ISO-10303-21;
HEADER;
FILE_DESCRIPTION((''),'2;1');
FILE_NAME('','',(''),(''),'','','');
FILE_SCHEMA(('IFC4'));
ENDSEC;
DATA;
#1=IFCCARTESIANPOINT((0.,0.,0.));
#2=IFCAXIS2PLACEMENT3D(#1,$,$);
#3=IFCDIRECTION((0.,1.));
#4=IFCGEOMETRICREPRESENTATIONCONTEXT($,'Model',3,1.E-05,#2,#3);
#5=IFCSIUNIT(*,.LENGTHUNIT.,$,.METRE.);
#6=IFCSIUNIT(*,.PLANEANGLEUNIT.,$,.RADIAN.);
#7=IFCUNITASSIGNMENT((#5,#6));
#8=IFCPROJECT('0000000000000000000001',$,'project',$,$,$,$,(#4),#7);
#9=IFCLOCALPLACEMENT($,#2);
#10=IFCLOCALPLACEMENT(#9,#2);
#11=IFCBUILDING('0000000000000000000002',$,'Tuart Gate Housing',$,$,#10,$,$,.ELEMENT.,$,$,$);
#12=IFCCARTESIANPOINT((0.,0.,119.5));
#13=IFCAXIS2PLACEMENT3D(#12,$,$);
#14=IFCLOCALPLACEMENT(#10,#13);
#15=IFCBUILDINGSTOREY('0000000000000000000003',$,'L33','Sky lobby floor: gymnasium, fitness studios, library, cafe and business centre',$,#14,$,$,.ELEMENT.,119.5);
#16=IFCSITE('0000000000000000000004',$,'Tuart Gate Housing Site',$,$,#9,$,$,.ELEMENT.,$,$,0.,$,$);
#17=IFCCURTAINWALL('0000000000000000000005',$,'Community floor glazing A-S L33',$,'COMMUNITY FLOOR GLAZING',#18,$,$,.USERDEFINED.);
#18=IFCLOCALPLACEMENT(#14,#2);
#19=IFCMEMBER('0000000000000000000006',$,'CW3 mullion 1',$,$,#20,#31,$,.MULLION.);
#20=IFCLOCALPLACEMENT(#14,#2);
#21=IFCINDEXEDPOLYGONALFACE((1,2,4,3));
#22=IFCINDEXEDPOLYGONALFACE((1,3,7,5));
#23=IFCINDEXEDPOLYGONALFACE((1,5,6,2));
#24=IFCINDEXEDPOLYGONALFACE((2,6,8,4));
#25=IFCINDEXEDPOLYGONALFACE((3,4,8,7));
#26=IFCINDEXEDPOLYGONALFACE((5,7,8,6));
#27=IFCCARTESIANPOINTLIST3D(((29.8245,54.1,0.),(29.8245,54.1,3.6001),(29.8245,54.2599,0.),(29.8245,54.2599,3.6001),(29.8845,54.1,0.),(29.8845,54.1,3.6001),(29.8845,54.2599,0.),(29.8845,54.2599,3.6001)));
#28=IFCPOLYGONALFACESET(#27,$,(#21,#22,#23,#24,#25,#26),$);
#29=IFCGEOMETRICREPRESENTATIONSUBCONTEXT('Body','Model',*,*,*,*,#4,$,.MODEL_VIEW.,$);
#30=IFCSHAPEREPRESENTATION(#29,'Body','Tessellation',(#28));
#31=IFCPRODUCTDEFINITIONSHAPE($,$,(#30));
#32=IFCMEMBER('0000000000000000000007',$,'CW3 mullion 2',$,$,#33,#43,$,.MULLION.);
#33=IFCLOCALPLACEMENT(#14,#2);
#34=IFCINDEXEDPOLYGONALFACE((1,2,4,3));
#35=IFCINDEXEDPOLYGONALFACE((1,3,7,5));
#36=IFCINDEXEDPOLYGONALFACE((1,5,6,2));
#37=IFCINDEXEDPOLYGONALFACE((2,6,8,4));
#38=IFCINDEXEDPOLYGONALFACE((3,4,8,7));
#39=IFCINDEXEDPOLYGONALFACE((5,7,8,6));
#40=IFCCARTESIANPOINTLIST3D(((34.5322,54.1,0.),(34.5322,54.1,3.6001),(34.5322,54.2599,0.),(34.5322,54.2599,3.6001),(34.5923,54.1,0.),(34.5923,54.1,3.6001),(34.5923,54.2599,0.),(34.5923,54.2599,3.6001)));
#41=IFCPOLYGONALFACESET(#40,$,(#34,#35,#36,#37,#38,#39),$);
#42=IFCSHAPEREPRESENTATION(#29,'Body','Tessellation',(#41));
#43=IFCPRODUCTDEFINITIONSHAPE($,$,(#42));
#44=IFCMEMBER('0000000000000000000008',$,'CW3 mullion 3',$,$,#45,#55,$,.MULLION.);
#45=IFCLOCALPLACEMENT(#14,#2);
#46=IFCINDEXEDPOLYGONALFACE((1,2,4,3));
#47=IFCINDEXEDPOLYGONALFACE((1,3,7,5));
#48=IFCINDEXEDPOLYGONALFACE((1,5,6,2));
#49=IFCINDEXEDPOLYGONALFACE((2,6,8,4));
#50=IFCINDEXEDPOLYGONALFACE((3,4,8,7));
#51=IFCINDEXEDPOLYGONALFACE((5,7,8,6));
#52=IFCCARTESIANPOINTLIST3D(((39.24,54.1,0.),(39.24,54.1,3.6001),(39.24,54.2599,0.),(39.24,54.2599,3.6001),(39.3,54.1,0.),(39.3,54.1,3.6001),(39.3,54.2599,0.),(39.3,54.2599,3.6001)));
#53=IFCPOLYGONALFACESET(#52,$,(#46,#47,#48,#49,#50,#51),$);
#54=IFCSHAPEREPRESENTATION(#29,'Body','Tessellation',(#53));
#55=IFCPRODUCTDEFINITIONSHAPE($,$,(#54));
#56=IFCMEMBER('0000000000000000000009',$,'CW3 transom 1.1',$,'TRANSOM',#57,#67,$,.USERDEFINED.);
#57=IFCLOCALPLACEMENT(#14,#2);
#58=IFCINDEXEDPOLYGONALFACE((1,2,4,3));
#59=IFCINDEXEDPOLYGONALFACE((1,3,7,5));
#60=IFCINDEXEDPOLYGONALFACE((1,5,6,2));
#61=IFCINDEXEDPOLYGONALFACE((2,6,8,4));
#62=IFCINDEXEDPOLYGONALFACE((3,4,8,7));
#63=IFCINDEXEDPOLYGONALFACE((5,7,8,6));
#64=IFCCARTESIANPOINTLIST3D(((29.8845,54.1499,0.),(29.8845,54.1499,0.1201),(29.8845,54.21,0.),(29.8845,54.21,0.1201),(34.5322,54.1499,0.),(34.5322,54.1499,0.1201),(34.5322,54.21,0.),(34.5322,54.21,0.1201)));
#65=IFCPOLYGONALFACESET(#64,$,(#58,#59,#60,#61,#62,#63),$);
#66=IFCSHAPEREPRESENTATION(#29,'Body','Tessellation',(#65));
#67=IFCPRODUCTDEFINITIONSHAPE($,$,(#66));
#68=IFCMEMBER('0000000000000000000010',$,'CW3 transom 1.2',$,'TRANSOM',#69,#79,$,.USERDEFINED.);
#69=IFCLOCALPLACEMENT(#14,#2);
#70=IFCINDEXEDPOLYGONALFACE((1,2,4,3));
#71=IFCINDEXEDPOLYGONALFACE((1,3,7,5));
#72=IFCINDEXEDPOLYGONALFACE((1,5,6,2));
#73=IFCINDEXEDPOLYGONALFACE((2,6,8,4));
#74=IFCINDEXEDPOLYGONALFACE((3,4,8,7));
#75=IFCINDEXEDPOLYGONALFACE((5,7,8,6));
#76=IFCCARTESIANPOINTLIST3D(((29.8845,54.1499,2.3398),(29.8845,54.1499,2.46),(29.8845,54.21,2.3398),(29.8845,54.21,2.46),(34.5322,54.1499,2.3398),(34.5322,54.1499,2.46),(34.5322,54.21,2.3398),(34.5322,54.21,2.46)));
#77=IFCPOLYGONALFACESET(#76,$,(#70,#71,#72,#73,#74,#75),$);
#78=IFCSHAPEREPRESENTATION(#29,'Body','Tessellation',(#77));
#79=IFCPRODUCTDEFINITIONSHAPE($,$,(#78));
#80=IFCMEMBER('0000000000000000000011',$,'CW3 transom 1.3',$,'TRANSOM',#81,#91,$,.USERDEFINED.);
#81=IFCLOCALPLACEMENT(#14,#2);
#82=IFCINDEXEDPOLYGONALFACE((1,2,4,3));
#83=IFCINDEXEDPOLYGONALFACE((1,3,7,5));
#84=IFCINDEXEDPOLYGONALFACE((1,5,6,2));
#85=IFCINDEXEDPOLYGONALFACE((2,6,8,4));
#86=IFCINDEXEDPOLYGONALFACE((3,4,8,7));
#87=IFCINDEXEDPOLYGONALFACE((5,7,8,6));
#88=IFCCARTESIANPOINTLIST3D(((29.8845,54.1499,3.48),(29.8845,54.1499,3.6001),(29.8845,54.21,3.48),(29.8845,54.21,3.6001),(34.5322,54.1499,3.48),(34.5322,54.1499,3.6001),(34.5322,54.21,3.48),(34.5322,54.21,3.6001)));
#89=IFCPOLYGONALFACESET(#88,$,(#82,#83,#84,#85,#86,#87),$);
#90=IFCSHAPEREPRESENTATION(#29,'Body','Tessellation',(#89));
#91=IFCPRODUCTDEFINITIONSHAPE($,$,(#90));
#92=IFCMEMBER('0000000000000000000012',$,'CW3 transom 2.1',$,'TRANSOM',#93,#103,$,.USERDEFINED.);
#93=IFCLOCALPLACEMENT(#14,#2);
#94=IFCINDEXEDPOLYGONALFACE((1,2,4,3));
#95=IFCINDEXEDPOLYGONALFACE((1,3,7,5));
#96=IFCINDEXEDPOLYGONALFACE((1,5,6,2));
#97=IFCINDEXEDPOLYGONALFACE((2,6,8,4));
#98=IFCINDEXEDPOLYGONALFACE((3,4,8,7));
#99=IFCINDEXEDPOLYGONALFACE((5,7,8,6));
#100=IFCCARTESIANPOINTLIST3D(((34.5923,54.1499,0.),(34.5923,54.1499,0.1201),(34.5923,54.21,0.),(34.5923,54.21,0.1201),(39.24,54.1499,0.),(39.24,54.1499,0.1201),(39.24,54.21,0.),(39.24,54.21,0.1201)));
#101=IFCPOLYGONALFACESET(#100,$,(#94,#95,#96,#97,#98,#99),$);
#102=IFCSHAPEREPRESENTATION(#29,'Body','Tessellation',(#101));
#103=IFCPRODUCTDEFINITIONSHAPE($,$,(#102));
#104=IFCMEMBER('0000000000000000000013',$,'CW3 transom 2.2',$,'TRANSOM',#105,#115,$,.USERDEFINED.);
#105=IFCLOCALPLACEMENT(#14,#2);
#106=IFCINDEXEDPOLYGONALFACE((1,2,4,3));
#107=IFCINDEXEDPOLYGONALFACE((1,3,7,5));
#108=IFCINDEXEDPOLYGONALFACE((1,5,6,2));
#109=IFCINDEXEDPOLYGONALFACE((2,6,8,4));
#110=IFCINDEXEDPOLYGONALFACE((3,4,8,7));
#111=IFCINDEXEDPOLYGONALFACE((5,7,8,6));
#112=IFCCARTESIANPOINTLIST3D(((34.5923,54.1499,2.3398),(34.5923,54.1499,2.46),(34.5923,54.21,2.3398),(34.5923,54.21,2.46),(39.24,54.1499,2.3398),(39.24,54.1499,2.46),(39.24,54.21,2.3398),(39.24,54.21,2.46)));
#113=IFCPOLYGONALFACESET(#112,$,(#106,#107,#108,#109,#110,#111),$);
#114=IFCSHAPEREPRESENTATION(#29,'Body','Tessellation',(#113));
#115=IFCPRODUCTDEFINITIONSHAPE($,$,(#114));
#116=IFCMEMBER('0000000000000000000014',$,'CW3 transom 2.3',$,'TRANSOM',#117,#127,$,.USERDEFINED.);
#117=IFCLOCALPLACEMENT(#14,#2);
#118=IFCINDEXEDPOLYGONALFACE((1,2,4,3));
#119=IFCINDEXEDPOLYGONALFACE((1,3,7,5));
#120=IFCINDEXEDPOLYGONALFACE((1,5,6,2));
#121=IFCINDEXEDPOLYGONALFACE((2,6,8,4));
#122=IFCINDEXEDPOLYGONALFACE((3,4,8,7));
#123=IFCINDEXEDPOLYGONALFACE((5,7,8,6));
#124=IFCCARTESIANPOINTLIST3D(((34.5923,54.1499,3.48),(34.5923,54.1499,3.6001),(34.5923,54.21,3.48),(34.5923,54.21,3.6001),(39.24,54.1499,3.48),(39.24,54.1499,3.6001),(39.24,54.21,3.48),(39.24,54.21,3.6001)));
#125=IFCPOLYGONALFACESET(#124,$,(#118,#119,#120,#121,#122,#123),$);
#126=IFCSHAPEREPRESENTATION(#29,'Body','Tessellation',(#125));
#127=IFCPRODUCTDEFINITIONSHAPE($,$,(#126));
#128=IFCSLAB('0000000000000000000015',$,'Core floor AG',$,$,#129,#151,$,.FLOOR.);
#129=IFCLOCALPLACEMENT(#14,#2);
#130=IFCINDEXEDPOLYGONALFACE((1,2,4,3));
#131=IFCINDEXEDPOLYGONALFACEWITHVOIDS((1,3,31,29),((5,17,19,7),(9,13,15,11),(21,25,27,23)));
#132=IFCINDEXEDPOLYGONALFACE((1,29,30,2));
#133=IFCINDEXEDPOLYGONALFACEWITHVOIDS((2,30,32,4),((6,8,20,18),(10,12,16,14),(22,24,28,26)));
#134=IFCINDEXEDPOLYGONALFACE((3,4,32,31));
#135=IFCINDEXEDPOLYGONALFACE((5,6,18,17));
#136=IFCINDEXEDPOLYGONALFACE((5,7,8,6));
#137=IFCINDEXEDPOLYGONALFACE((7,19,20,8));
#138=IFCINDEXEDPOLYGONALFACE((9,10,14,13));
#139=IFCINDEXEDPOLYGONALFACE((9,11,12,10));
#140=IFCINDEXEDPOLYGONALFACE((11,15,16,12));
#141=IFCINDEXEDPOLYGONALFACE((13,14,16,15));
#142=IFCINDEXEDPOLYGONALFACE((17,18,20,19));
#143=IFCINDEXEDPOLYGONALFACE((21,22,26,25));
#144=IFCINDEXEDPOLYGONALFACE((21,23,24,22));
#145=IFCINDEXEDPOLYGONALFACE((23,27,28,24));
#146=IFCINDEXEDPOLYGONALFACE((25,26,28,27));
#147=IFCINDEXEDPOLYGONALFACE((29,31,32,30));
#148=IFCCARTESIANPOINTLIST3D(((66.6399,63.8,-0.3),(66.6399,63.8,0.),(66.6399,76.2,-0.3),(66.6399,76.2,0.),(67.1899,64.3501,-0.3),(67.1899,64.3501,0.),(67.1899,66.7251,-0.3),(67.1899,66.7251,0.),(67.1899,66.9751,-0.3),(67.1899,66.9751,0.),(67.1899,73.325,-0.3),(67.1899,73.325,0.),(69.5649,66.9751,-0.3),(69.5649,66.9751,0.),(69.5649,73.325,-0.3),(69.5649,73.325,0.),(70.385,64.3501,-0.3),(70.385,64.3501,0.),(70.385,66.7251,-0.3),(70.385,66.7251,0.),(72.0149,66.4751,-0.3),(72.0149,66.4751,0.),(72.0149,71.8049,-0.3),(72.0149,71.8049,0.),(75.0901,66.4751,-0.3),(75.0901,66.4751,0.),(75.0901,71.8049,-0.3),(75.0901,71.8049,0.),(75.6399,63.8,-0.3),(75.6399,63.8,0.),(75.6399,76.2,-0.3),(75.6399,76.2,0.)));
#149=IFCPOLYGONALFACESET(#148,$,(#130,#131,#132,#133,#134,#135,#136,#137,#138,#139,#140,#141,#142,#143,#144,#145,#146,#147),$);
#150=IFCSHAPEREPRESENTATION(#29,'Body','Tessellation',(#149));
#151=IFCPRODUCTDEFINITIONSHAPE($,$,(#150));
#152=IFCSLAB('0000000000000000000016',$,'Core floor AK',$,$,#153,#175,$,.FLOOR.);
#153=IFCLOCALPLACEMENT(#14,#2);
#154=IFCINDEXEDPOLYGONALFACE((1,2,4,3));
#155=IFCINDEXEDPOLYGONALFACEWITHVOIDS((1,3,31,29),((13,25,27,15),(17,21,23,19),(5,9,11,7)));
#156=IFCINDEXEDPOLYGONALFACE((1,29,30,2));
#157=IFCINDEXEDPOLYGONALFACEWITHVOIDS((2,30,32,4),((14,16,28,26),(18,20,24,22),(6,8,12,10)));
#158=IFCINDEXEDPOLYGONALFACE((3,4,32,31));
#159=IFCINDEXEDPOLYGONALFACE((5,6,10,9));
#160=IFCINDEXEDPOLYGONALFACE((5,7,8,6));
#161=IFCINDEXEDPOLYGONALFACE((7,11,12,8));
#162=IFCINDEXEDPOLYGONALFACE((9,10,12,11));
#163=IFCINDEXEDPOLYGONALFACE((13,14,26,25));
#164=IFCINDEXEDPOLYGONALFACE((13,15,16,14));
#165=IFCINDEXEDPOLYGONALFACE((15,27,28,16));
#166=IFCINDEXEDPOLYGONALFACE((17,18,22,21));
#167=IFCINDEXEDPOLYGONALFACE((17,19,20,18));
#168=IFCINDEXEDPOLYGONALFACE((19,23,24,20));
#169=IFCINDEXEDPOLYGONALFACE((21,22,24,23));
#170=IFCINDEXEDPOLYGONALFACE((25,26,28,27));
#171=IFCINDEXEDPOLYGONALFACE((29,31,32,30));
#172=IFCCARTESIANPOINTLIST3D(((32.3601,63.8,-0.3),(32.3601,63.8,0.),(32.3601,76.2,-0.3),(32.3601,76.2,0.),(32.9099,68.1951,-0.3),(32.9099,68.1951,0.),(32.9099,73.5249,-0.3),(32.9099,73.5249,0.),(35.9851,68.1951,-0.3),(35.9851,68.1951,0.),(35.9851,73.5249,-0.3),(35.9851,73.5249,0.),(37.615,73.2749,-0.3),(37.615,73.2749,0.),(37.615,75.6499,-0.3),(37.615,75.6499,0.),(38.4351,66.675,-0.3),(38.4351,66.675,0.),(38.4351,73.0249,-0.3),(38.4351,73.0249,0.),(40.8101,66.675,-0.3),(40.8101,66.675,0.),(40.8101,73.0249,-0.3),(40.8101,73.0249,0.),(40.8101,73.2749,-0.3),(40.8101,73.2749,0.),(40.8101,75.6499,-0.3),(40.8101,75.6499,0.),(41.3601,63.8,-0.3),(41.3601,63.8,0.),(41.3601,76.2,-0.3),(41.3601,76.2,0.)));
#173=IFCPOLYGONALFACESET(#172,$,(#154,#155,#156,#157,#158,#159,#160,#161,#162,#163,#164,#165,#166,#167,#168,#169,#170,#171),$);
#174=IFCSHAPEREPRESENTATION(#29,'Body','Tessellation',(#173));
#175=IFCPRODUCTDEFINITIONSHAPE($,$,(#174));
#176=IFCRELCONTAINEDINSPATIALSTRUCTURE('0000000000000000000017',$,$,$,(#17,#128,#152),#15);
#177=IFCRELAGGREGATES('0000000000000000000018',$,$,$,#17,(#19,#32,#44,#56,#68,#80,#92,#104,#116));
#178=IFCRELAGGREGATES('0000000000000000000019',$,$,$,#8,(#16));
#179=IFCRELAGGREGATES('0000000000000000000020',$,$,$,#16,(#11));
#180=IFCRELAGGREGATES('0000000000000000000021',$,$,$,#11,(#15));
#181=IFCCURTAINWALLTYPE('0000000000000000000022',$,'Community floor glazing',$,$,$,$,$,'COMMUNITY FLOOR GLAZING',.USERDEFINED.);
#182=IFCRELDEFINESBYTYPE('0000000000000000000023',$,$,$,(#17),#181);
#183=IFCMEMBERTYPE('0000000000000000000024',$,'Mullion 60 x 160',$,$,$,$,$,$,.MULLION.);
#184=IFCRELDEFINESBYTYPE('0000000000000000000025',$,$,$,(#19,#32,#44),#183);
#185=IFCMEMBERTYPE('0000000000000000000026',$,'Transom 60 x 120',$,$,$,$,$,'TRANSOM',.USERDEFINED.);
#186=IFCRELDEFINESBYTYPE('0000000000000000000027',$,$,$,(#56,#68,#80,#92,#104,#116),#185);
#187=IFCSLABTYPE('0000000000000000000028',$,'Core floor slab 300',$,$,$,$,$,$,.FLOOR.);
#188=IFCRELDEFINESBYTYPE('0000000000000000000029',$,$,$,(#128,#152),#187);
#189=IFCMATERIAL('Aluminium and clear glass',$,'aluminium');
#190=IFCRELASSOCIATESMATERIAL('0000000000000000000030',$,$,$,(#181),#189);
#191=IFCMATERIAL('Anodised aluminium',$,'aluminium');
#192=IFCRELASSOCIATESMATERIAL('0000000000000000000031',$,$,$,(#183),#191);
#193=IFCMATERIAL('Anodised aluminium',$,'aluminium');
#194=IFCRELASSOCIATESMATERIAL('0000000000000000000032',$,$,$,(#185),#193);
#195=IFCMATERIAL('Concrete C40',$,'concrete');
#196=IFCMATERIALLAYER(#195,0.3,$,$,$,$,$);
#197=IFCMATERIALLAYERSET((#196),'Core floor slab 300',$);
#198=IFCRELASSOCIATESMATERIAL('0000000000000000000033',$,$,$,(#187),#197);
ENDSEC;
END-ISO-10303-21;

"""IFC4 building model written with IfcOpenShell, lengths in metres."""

from ifc_helpers import new_model, si_unit, direction, frame, origin, origin_2d, place, context, subcontext, project, spatial, polyline, rectangle, outline, extrude, material, layer, layer_set, material_profile, profile_set, type_object, element, aggregate, save


model = new_model("IFC4")

# Units and contexts
model_context = context("Model", 3, precision=1e-05, world=origin(), true_north=direction((0.0, 1.0)))
body_context = subcontext(model_context, "Body", "Model", "MODEL_VIEW")
ifc_project = project(units=[si_unit("LENGTHUNIT", "METRE"), si_unit("PLANEANGLEUNIT", "RADIAN")], contexts=[model_context])

# Site, building, storey
site_placement = place(None, origin())
site = spatial("IfcSite", under=ifc_project, at=site_placement, Name="Tuart Gate Housing Site", CompositionType="ELEMENT", RefElevation=0.0)
building_placement = place(site_placement, origin())
building = spatial("IfcBuilding", under=site, at=building_placement, Name="Tuart Gate Housing", CompositionType="ELEMENT")
storey_placement = place(building_placement, frame((0.0, 0.0, 119.5)))
storey = spatial("IfcBuildingStorey", under=building, at=storey_placement, Name="L33", Description="Sky lobby floor: gymnasium, fitness studios, library, cafe and business centre", CompositionType="ELEMENT", Elevation=119.5)

# Curtain wall, members
ifc_material_1 = material(Name="Aluminium and clear glass", Category="aluminium")
curtain_wall_type = type_object("IfcCurtainWallType", Name="Community floor glazing", ElementType="COMMUNITY FLOOR GLAZING", PredefinedType="USERDEFINED", material=ifc_material_1)
curtain_wall_placement = place(storey_placement, origin())
curtain_wall = element("IfcCurtainWall", 1, at=curtain_wall_placement, inside=storey, type_object=curtain_wall_type, Name="Community floor glazing A-S L33", ObjectType="COMMUNITY FLOOR GLAZING", PredefinedType="USERDEFINED")
ifc_material_2 = material(Name="Anodised aluminium", Category="aluminium")
ifc_material_profile_1 = material_profile(ifc_material_2, rectangle(XDim=0.0601, YDim=0.1599, at=origin_2d()), Name="60x160")
ifc_profile_set_1 = profile_set([ifc_material_profile_1], Name="Anodised aluminium")
member_type_1 = type_object("IfcMemberType", Name="Mullion 60 x 160", PredefinedType="MULLION", material=ifc_profile_set_1)
member_1_placement = place(storey_placement, frame((29.8545, 54.1799, 0.0), z_axis=(0.0, 0.0, 1.0), x_axis=(1.0, 0.0, 0.0)))
member_1 = element("IfcMember", 2, at=member_1_placement, type_object=member_type_1, Name="CW3 mullion 1", PredefinedType="MULLION", context=body_context, shape_type="SweptSolid", body=[
    extrude(rectangle(XDim=0.0601, YDim=0.1599, at=origin_2d()), origin(), (0.0, 0.0, 1.0), 3.6001),
])
member_2_placement = place(storey_placement, frame((34.5623, 54.1799, 0.0), z_axis=(0.0, 0.0, 1.0), x_axis=(1.0, 0.0, 0.0)))
member_2 = element("IfcMember", 3, at=member_2_placement, type_object=member_type_1, Name="CW3 mullion 2", PredefinedType="MULLION", context=body_context, shape_type="SweptSolid", body=[
    extrude(rectangle(XDim=0.0601, YDim=0.1599, at=origin_2d()), origin(), (0.0, 0.0, 1.0), 3.6001),
])
member_3_placement = place(storey_placement, frame((39.27, 54.1799, 0.0), z_axis=(0.0, 0.0, 1.0), x_axis=(1.0, 0.0, 0.0)))
member_3 = element("IfcMember", 4, at=member_3_placement, type_object=member_type_1, Name="CW3 mullion 3", PredefinedType="MULLION", context=body_context, shape_type="SweptSolid", body=[
    extrude(rectangle(XDim=0.0601, YDim=0.1599, at=origin_2d()), origin(), (0.0, 0.0, 1.0), 3.6001),
])
ifc_material_3 = material(Name="Anodised aluminium", Category="aluminium")
ifc_material_profile_2 = material_profile(ifc_material_3, rectangle(XDim=0.0601, YDim=0.1201, at=origin_2d()), Name="60x120")
ifc_profile_set_2 = profile_set([ifc_material_profile_2], Name="Anodised aluminium")
member_type_2 = type_object("IfcMemberType", Name="Transom 60 x 120", ElementType="TRANSOM", PredefinedType="USERDEFINED", material=ifc_profile_set_2)
member_4_placement = place(storey_placement, frame((29.8845, 54.1799, 0.0601), z_axis=(1.0, 0.0, 0.0), x_axis=(0.0, 1.0, 0.0)))
member_4 = element("IfcMember", 5, at=member_4_placement, type_object=member_type_2, Name="CW3 transom 1.1", ObjectType="TRANSOM", PredefinedType="USERDEFINED", context=body_context, shape_type="SweptSolid", body=[
    extrude(rectangle(XDim=0.0601, YDim=0.1201, at=origin_2d()), origin(), (0.0, 0.0, 1.0), 4.6477),
])
member_5_placement = place(storey_placement, frame((29.8845, 54.1799, 2.3999), z_axis=(1.0, 0.0, 0.0), x_axis=(0.0, 1.0, 0.0)))
member_5 = element("IfcMember", 6, at=member_5_placement, type_object=member_type_2, Name="CW3 transom 1.2", ObjectType="TRANSOM", PredefinedType="USERDEFINED", context=body_context, shape_type="SweptSolid", body=[
    extrude(rectangle(XDim=0.0601, YDim=0.1201, at=origin_2d()), origin(), (0.0, 0.0, 1.0), 4.6477),
])
member_6_placement = place(storey_placement, frame((29.8845, 54.1799, 3.54), z_axis=(1.0, 0.0, 0.0), x_axis=(0.0, 1.0, 0.0)))
member_6 = element("IfcMember", 7, at=member_6_placement, type_object=member_type_2, Name="CW3 transom 1.3", ObjectType="TRANSOM", PredefinedType="USERDEFINED", context=body_context, shape_type="SweptSolid", body=[
    extrude(rectangle(XDim=0.0601, YDim=0.1201, at=origin_2d()), origin(), (0.0, 0.0, 1.0), 4.6477),
])
member_7_placement = place(storey_placement, frame((34.5923, 54.1799, 0.0601), z_axis=(1.0, 0.0, 0.0), x_axis=(0.0, 1.0, 0.0)))
member_7 = element("IfcMember", 8, at=member_7_placement, type_object=member_type_2, Name="CW3 transom 2.1", ObjectType="TRANSOM", PredefinedType="USERDEFINED", context=body_context, shape_type="SweptSolid", body=[
    extrude(rectangle(XDim=0.0601, YDim=0.1201, at=origin_2d()), origin(), (0.0, 0.0, 1.0), 4.6477),
])
member_8_placement = place(storey_placement, frame((34.5923, 54.1799, 2.3999), z_axis=(1.0, 0.0, 0.0), x_axis=(0.0, 1.0, 0.0)))
member_8 = element("IfcMember", 9, at=member_8_placement, type_object=member_type_2, Name="CW3 transom 2.2", ObjectType="TRANSOM", PredefinedType="USERDEFINED", context=body_context, shape_type="SweptSolid", body=[
    extrude(rectangle(XDim=0.0601, YDim=0.1201, at=origin_2d()), origin(), (0.0, 0.0, 1.0), 4.6477),
])
member_9_placement = place(storey_placement, frame((34.5923, 54.1799, 3.54), z_axis=(1.0, 0.0, 0.0), x_axis=(0.0, 1.0, 0.0)))
member_9 = element("IfcMember", 10, at=member_9_placement, type_object=member_type_2, Name="CW3 transom 2.3", ObjectType="TRANSOM", PredefinedType="USERDEFINED", context=body_context, shape_type="SweptSolid", body=[
    extrude(rectangle(XDim=0.0601, YDim=0.1201, at=origin_2d()), origin(), (0.0, 0.0, 1.0), 4.6477),
])

# Slabs
ifc_material_4 = material(Name="Concrete C40", Category="concrete")
ifc_layer_1 = layer(ifc_material_4, 0.3)
ifc_layer_set_1 = layer_set([ifc_layer_1], Name="Core floor slab 300")
slab_type_1 = type_object("IfcSlabType", Name="Core floor slab 300", PredefinedType="FLOOR", material=ifc_layer_set_1)
slab_1_placement = place(storey_placement, frame((0.0, 0.0, -0.3)))
element("IfcSlab", 11, at=slab_1_placement, inside=storey, type_object=slab_type_1, Name="Core floor AG", PredefinedType="FLOOR", context=body_context, shape_type="SweptSolid", body=[
    extrude(outline(polyline([(66.6399, 63.8), (75.6399, 63.8), (75.6399, 76.2), (66.6399, 76.2), (66.6399, 63.8)]), holes=[polyline([(67.1899, 64.3501), (70.385, 64.3501), (70.385, 66.7251), (67.1899, 66.7251), (67.1899, 64.3501)]), polyline([(67.1899, 66.9751), (69.5649, 66.9751), (69.5649, 73.325), (67.1899, 73.325), (67.1899, 66.9751)]), polyline([(72.0149, 66.4751), (75.0901, 66.4751), (75.0901, 71.8049), (72.0149, 71.8049), (72.0149, 66.4751)])]), origin(), (0.0, 0.0, 1.0), 0.3),
])
slab_2_placement = place(storey_placement, frame((0.0, 0.0, -0.3)))
element("IfcSlab", 12, at=slab_2_placement, inside=storey, type_object=slab_type_1, Name="Core floor AK", PredefinedType="FLOOR", context=body_context, shape_type="SweptSolid", body=[
    extrude(outline(polyline([(32.3601, 63.8), (41.3601, 63.8), (41.3601, 76.2), (32.3601, 76.2), (32.3601, 63.8)]), holes=[polyline([(40.8101, 75.6499), (37.615, 75.6499), (37.615, 73.2749), (40.8101, 73.2749), (40.8101, 75.6499)]), polyline([(40.8101, 73.0249), (38.4351, 73.0249), (38.4351, 66.675), (40.8101, 66.675), (40.8101, 73.0249)]), polyline([(35.9851, 73.5249), (32.9099, 73.5249), (32.9099, 68.1951), (35.9851, 68.1951), (35.9851, 73.5249)])]), origin(), (0.0, 0.0, 1.0), 0.3),
])

aggregate(curtain_wall, [member_1, member_2, member_3, member_4, member_5, member_6, member_7, member_8, member_9])

save(model, "model.ifc")
